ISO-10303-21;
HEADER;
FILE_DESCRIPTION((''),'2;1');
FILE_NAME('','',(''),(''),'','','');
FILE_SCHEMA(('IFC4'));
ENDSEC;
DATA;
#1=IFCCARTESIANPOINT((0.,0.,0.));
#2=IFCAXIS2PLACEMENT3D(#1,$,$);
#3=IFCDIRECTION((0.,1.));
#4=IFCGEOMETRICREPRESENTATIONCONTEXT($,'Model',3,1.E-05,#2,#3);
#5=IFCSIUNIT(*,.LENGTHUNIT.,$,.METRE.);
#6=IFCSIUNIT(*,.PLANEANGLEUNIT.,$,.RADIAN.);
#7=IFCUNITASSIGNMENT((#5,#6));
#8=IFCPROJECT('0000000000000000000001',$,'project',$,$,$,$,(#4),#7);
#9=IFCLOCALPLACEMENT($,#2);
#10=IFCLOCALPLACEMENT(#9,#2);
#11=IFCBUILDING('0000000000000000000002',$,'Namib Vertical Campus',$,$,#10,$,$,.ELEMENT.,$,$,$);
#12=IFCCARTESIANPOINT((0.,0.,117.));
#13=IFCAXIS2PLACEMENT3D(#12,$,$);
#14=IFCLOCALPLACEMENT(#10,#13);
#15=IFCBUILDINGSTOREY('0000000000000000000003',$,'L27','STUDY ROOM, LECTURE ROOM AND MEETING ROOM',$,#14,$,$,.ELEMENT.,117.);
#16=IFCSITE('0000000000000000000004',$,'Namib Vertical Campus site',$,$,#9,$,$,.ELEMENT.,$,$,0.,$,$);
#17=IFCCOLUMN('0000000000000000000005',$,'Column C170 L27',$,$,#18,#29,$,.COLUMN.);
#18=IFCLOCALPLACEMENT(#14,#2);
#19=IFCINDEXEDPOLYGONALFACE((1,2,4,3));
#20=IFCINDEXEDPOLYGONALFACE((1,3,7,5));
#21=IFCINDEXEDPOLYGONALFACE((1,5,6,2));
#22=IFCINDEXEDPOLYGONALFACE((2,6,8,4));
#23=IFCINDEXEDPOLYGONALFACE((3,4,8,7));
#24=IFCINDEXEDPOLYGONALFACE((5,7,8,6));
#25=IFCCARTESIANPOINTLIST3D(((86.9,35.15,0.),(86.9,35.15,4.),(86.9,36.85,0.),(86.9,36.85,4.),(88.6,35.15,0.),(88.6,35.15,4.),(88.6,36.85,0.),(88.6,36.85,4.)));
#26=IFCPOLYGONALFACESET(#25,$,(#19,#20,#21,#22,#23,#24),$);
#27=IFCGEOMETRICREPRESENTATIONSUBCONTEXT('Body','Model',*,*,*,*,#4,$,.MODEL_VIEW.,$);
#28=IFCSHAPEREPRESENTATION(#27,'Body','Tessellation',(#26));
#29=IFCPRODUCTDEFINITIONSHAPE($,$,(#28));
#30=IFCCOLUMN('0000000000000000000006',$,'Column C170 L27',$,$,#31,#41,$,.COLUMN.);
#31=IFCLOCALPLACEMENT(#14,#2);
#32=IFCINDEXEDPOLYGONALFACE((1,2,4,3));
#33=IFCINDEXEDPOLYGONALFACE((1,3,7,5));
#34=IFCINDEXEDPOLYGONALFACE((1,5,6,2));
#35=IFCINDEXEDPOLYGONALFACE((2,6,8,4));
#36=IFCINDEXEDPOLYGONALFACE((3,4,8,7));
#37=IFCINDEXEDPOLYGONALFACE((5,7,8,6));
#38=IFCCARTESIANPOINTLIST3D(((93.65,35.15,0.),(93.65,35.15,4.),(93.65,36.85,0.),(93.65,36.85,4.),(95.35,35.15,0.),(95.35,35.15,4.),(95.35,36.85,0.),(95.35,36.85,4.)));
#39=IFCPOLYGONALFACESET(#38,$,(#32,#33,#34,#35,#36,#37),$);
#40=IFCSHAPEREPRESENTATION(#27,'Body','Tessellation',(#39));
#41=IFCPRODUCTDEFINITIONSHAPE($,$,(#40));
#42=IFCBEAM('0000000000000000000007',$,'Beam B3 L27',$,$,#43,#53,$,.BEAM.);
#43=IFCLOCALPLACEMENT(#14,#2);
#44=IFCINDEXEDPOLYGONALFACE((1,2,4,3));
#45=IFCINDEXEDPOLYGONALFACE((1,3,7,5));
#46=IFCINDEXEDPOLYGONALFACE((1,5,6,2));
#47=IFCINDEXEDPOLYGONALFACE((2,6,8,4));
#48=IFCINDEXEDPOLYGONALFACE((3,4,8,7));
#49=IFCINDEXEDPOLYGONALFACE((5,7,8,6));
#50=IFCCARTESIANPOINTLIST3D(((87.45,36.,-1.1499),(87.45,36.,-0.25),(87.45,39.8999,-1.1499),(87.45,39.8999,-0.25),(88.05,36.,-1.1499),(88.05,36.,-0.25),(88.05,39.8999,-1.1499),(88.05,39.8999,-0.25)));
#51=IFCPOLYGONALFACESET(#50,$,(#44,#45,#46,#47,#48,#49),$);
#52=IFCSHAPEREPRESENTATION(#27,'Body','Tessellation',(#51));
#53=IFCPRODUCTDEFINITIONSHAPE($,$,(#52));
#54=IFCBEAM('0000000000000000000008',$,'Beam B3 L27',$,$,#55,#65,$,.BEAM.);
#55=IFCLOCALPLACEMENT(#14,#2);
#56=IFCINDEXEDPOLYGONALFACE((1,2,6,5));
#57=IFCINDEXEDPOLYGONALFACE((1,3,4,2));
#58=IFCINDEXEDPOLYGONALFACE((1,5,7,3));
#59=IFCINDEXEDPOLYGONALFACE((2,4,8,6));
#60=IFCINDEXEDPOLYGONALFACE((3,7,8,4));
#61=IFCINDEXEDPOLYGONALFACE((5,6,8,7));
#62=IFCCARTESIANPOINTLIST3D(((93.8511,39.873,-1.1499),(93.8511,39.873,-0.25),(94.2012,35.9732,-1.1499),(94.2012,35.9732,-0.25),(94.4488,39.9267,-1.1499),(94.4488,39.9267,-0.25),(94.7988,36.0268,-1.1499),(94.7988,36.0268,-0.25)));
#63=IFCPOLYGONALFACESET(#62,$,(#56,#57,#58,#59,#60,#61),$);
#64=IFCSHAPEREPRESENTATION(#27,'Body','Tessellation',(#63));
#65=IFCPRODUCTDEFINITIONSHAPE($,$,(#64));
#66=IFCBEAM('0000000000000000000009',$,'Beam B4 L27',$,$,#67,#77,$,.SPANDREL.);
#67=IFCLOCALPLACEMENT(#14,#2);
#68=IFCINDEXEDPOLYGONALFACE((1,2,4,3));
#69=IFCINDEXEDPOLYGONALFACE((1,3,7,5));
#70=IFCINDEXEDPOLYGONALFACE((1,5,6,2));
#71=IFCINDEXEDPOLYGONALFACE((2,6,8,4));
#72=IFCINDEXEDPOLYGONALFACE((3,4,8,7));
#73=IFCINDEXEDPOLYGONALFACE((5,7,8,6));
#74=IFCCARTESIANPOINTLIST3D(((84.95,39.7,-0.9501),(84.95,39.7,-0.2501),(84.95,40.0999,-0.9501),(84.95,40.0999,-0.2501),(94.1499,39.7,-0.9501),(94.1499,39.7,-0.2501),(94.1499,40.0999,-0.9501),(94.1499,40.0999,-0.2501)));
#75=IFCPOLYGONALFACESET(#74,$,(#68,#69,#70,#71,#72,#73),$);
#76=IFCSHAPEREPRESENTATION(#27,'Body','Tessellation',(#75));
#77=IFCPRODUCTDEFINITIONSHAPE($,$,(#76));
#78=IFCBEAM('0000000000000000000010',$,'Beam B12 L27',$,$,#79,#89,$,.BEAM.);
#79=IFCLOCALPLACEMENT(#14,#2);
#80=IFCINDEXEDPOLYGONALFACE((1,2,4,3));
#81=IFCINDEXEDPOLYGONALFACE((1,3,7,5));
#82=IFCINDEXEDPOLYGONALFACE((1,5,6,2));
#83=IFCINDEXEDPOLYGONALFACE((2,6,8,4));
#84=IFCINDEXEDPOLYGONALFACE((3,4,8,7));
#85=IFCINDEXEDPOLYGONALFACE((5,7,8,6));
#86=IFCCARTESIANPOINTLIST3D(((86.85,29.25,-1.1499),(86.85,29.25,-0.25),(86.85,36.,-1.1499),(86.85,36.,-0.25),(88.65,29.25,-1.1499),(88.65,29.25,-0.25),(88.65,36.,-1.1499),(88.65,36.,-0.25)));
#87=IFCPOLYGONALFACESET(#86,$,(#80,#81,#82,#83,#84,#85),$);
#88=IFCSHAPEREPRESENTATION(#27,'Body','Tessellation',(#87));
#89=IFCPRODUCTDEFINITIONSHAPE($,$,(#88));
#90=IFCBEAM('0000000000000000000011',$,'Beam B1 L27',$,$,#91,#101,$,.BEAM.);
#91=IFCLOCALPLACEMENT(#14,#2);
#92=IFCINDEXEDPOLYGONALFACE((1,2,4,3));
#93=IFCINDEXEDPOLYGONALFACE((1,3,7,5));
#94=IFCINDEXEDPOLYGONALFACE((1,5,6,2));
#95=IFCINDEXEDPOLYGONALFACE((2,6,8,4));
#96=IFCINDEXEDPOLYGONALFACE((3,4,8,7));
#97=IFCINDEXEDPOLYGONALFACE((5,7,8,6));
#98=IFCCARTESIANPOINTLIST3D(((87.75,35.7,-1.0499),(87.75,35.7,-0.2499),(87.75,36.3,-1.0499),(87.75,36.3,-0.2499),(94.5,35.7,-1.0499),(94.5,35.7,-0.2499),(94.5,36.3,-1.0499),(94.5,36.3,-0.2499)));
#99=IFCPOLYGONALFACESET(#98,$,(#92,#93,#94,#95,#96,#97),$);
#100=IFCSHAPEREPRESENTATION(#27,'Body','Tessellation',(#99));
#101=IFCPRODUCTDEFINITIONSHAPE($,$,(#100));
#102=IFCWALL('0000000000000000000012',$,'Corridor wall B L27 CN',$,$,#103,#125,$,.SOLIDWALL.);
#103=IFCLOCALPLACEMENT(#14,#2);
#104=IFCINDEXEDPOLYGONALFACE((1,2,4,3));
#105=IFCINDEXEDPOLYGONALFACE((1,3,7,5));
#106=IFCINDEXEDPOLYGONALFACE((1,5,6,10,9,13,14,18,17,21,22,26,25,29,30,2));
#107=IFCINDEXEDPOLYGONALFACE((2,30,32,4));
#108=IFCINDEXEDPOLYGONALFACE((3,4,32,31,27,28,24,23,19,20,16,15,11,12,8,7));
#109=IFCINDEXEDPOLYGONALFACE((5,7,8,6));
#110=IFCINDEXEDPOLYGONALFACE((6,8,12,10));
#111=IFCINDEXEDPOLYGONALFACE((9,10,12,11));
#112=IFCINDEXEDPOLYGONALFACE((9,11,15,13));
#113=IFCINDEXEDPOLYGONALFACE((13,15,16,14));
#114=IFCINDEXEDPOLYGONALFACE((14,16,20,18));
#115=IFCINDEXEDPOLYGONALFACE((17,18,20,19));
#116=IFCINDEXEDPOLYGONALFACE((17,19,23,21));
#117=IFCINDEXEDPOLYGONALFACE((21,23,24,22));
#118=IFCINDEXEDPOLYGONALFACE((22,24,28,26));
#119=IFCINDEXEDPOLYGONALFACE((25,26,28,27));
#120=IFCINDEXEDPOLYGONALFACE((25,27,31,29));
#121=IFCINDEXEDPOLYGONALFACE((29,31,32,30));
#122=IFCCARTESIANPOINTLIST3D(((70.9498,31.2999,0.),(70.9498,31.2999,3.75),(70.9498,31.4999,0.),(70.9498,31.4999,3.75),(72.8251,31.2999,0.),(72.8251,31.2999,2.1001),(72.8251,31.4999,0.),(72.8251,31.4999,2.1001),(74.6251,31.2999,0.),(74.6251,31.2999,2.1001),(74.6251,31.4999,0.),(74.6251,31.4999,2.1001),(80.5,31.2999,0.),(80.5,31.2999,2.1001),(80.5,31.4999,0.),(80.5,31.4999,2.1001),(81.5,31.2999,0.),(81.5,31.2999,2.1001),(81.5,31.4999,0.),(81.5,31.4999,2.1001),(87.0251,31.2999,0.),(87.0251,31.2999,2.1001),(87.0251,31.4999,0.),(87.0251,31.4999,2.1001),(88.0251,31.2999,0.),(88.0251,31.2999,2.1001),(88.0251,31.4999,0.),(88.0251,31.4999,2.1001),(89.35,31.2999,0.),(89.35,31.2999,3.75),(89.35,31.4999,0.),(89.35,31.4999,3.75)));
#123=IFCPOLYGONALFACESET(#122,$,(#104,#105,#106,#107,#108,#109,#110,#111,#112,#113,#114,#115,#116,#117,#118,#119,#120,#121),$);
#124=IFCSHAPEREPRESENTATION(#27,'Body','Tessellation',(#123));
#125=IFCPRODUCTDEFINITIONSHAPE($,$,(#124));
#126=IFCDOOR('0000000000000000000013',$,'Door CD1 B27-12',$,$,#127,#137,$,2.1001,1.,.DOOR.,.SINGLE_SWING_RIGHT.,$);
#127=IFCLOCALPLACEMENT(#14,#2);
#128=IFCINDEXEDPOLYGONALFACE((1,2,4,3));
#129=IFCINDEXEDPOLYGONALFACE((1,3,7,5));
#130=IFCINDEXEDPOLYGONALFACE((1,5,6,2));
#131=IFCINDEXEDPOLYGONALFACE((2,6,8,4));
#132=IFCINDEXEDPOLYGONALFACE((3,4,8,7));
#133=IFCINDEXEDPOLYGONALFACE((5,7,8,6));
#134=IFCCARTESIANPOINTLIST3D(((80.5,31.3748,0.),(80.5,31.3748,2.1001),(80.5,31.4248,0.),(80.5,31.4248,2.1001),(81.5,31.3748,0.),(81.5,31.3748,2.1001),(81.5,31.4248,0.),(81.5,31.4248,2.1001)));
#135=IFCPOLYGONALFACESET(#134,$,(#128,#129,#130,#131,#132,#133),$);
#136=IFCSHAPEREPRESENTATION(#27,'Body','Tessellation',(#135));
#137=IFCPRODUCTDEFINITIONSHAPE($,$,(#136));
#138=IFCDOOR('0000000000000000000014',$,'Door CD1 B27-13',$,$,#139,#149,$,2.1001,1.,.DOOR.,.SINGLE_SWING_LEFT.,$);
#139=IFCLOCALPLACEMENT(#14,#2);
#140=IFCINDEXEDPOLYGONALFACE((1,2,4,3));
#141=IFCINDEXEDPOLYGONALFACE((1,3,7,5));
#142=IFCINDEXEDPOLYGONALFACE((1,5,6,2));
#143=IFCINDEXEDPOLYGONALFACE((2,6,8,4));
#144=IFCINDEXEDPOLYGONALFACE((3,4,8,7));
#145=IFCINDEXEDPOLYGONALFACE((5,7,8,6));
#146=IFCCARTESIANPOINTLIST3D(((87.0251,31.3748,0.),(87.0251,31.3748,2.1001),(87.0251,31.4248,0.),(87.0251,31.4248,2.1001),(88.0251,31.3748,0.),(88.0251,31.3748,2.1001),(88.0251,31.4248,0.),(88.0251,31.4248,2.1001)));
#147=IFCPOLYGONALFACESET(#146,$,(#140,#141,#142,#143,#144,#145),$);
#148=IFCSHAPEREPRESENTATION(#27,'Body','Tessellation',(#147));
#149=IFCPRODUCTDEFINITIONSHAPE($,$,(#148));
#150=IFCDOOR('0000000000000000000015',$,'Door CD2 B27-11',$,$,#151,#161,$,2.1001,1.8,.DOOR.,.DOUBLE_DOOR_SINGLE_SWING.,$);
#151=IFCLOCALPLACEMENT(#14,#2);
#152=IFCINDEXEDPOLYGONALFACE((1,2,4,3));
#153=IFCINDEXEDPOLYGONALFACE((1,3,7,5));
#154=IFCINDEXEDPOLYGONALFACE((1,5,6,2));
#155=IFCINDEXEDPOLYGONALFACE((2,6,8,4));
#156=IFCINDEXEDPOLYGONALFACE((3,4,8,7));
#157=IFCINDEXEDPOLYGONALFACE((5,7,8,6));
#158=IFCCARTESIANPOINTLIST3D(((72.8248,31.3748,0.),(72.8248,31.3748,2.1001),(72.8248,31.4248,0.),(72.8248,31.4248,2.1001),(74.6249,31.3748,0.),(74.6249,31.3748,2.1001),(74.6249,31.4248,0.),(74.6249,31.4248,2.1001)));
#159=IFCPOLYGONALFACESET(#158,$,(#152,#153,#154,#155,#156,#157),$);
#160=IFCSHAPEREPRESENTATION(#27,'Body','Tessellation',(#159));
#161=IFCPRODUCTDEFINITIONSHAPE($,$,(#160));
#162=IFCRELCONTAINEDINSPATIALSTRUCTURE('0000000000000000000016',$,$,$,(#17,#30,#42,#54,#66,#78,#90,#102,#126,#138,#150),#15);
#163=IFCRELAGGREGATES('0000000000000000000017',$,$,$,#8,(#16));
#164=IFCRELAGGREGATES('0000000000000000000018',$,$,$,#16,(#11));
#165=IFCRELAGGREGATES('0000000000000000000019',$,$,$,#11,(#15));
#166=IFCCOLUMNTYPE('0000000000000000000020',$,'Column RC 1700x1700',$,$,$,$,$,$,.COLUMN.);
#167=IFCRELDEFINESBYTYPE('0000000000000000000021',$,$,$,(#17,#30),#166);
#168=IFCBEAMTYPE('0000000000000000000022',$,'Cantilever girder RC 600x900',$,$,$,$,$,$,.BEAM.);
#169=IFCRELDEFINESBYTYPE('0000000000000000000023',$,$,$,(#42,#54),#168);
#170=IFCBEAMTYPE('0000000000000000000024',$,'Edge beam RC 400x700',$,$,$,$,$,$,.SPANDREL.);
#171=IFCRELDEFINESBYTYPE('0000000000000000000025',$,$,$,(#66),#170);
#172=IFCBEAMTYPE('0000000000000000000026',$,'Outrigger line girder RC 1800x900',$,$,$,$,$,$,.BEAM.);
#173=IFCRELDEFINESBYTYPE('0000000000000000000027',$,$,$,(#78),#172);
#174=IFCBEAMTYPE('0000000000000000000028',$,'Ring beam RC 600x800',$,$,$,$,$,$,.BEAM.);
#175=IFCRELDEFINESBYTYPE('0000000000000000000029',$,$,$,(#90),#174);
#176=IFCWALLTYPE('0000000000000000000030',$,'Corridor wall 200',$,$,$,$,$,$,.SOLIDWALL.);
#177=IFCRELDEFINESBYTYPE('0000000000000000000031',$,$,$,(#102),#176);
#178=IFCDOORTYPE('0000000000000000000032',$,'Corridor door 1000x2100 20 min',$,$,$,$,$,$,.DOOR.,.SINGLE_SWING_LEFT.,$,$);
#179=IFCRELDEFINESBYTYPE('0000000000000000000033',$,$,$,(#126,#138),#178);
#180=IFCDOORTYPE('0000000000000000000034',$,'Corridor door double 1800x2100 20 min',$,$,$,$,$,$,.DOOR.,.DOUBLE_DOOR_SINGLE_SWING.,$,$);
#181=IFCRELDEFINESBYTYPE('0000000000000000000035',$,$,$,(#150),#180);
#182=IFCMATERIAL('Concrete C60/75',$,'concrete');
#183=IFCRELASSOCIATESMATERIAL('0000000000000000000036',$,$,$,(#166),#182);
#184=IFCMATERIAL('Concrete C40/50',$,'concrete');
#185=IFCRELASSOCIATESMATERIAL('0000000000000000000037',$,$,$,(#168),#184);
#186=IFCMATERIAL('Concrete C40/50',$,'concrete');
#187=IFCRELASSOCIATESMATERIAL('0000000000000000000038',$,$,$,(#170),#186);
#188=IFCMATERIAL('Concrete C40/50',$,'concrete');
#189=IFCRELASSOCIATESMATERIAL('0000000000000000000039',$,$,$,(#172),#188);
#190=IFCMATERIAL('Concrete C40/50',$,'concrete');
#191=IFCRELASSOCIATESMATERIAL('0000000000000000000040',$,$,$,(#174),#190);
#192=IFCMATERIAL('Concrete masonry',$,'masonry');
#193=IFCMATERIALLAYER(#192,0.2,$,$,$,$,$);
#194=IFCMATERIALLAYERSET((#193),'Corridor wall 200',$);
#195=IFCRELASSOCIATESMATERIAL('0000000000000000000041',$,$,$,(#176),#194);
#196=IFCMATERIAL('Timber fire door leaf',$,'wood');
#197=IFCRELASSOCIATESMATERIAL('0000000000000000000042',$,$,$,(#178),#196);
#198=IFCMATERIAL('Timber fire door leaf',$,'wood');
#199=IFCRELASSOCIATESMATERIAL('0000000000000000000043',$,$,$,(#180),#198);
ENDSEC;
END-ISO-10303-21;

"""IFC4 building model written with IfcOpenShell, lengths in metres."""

from ifc_helpers import new_model, si_unit, direction, frame, frame_2d, origin, origin_2d, place, context, subcontext, project, spatial, rectangle, extrude, material, layer, layer_set, material_profile, profile_set, type_object, element, fill, save


model = new_model("IFC4")

# Units and contexts
model_context = context("Model", 3, precision=1e-05, world=origin(), true_north=direction((0.0, 1.0)))
body_context = subcontext(model_context, "Body", "Model", "MODEL_VIEW")
ifc_project = project(units=[si_unit("LENGTHUNIT", "METRE"), si_unit("PLANEANGLEUNIT", "RADIAN")], contexts=[model_context])

# Site, building, storey
site_placement = place(None, origin())
site = spatial("IfcSite", under=ifc_project, at=site_placement, Name="Namib Vertical Campus site", CompositionType="ELEMENT", RefElevation=0.0)
building_placement = place(site_placement, origin())
building = spatial("IfcBuilding", under=site, at=building_placement, Name="Namib Vertical Campus", CompositionType="ELEMENT")
storey_placement = place(building_placement, frame((0.0, 0.0, 117.0)))
storey = spatial("IfcBuildingStorey", under=building, at=storey_placement, Name="L27", Description="STUDY ROOM, LECTURE ROOM AND MEETING ROOM", CompositionType="ELEMENT", Elevation=117.0)

# Columns
ifc_material_1 = material(Name="Concrete C60/75", Category="concrete")
ifc_material_profile_1 = material_profile(ifc_material_1, rectangle(XDim=1.7, YDim=1.7, at=origin_2d()))
ifc_profile_set_1 = profile_set([ifc_material_profile_1], Name="Concrete C60/75")
column_type = type_object("IfcColumnType", Name="Column RC 1700x1700", PredefinedType="COLUMN", material=ifc_profile_set_1)
for number, where, z_axis, x_axis, name in (
    (1, (87.75, 36.0, 0.0), (0.0, 0.0, 1.0), (1.0, 0.0, 0.0), "Column C170 L27"),
    (2, (94.5, 36.0, 0.0), (0.0, 0.0, 1.0), (1.0, 0.0, 0.0), "Column C170 L27"),
):
    element("IfcColumn", number, at=place(storey_placement, frame(where, z_axis=z_axis, x_axis=x_axis)), inside=storey, type_object=column_type, Name=name, PredefinedType="COLUMN", context=body_context, shape_type="SweptSolid", body=[
        extrude(rectangle(XDim=1.7, YDim=1.7, at=origin_2d()), origin(), (0.0, 0.0, 1.0), 4.0),
    ])

# Beams
ifc_material_2 = material(Name="Concrete C40/50", Category="concrete")
ifc_material_profile_2 = material_profile(ifc_material_2, rectangle(XDim=0.6001, YDim=0.8999, at=origin_2d()))
ifc_profile_set_2 = profile_set([ifc_material_profile_2], Name="Concrete C40/50")
beam_type_1 = type_object("IfcBeamType", Name="Cantilever girder RC 600x900", PredefinedType="BEAM", material=ifc_profile_set_2)
beam_1_placement = place(storey_placement, frame((87.75, 36.0, -0.7), z_axis=(0.0, 1.0, 0.0), x_axis=(-1.0, 0.0, 0.0)))
element("IfcBeam", 3, at=beam_1_placement, inside=storey, type_object=beam_type_1, Name="Beam B3 L27", PredefinedType="BEAM", context=body_context, shape_type="SweptSolid", body=[
    extrude(rectangle(XDim=0.6001, YDim=0.8999, at=origin_2d()), origin(), (0.0, 0.0, 1.0), 3.8999),
])
beam_2_placement = place(storey_placement, frame((94.5, 36.0, -0.7), z_axis=(-0.089411, 0.995995, 0.0), x_axis=(-0.995995, -0.089411, 0.0)))
element("IfcBeam", 4, at=beam_2_placement, inside=storey, type_object=beam_type_1, Name="Beam B3 L27", PredefinedType="BEAM", context=body_context, shape_type="SweptSolid", body=[
    extrude(rectangle(XDim=0.6001, YDim=0.8999, at=origin_2d()), origin(), (0.0, 0.0, 1.0), 3.9155),
])
ifc_material_3 = material(Name="Concrete C40/50", Category="concrete")
ifc_material_profile_3 = material_profile(ifc_material_3, rectangle(XDim=0.3999, YDim=0.7, at=origin_2d()))
ifc_profile_set_3 = profile_set([ifc_material_profile_3], Name="Concrete C40/50")
beam_type_2 = type_object("IfcBeamType", Name="Edge beam RC 400x700", PredefinedType="SPANDREL", material=ifc_profile_set_3)
beam_3_placement = place(storey_placement, frame((84.95, 39.8999, -0.6001), z_axis=(1.0, 0.0, 0.0), x_axis=(0.0, 1.0, 0.0)))
element("IfcBeam", 5, at=beam_3_placement, inside=storey, type_object=beam_type_2, Name="Beam B4 L27", PredefinedType="SPANDREL", context=body_context, shape_type="SweptSolid", body=[
    extrude(rectangle(XDim=0.3999, YDim=0.7, at=origin_2d()), origin(), (0.0, 0.0, 1.0), 9.2),
])
ifc_material_4 = material(Name="Concrete C40/50", Category="concrete")
ifc_material_profile_4 = material_profile(ifc_material_4, rectangle(XDim=1.8, YDim=0.8999, at=origin_2d()))
ifc_profile_set_4 = profile_set([ifc_material_profile_4], Name="Concrete C40/50")
beam_type_3 = type_object("IfcBeamType", Name="Outrigger line girder RC 1800x900", PredefinedType="BEAM", material=ifc_profile_set_4)
beam_4_placement = place(storey_placement, frame((87.75, 36.0, -0.7), z_axis=(0.0, -1.0, 0.0), x_axis=(1.0, 0.0, 0.0)))
element("IfcBeam", 6, at=beam_4_placement, inside=storey, type_object=beam_type_3, Name="Beam B12 L27", PredefinedType="BEAM", context=body_context, shape_type="SweptSolid", body=[
    extrude(rectangle(XDim=1.8, YDim=0.8999, at=origin_2d()), origin(), (0.0, 0.0, 1.0), 6.75),
])
ifc_material_5 = material(Name="Concrete C40/50", Category="concrete")
ifc_material_profile_5 = material_profile(ifc_material_5, rectangle(XDim=0.6001, YDim=0.8, at=origin_2d()))
ifc_profile_set_5 = profile_set([ifc_material_profile_5], Name="Concrete C40/50")
beam_type_4 = type_object("IfcBeamType", Name="Ring beam RC 600x800", PredefinedType="BEAM", material=ifc_profile_set_5)
beam_5_placement = place(storey_placement, frame((87.75, 36.0, -0.6499), z_axis=(1.0, 0.0, 0.0), x_axis=(0.0, 1.0, 0.0)))
element("IfcBeam", 7, at=beam_5_placement, inside=storey, type_object=beam_type_4, Name="Beam B1 L27", PredefinedType="BEAM", context=body_context, shape_type="SweptSolid", body=[
    extrude(rectangle(XDim=0.6001, YDim=0.8, at=origin_2d()), origin(), (0.0, 0.0, 1.0), 6.75),
])

# Wall, openings, doors
ifc_material_6 = material(Name="Concrete masonry", Category="masonry")
ifc_layer_1 = layer(ifc_material_6, 0.2)
ifc_layer_set_1 = layer_set([ifc_layer_1], Name="Corridor wall 200")
wall_type_1 = type_object("IfcWallType", Name="Corridor wall 200", PredefinedType="SOLIDWALL", material=ifc_layer_set_1)
wall_1_placement = place(storey_placement, frame((89.3501, 31.3999, 0.0), z_axis=(0.0, 0.0, 1.0), x_axis=(-1.0, 0.0, 0.0)))
wall_1 = element("IfcWall", 8, at=wall_1_placement, inside=storey, type_object=wall_type_1, Name="Corridor wall B L27 CN", PredefinedType="SOLIDWALL", context=body_context, shape_type="SweptSolid", body=[
    extrude(rectangle(XDim=18.4001, YDim=0.2, at=frame_2d((9.2002, 0.0))), origin(), (0.0, 0.0, 1.0), 3.75),
])
opening_1_placement = place(wall_1_placement, frame((14.7251, 0.0, 0.0)))
opening_1 = element("IfcOpeningElement", 9, at=opening_1_placement, cuts=wall_1, PredefinedType="OPENING", context=body_context, shape_type="SweptSolid", body=[
    extrude(rectangle(XDim=1.8, YDim=2.1001, at=frame_2d((0.8999, 1.05))), frame((0.0, 0.1099, 0.0), z_axis=(0.0, -1.0, 0.0), x_axis=(1.0, 0.0, 0.0)), (0.0, 0.0, 1.0), 0.22),
])
opening_2_placement = place(wall_1_placement, frame((7.8501, 0.0, 0.0)))
opening_2 = element("IfcOpeningElement", 10, at=opening_2_placement, cuts=wall_1, PredefinedType="OPENING", context=body_context, shape_type="SweptSolid", body=[
    extrude(rectangle(XDim=1.0, YDim=2.1001, at=frame_2d((0.5, 1.05))), frame((0.0, 0.1099, 0.0), z_axis=(0.0, -1.0, 0.0), x_axis=(1.0, 0.0, 0.0)), (0.0, 0.0, 1.0), 0.22),
])
opening_3_placement = place(wall_1_placement, frame((1.325, 0.0, 0.0)))
opening_3 = element("IfcOpeningElement", 11, at=opening_3_placement, cuts=wall_1, PredefinedType="OPENING", context=body_context, shape_type="SweptSolid", body=[
    extrude(rectangle(XDim=1.0, YDim=2.1001, at=frame_2d((0.5, 1.05))), frame((0.0, 0.1099, 0.0), z_axis=(0.0, -1.0, 0.0), x_axis=(1.0, 0.0, 0.0)), (0.0, 0.0, 1.0), 0.22),
])
ifc_material_7 = material(Name="Timber fire door leaf", Category="wood")
door_type_1 = type_object("IfcDoorType", Name="Corridor door 1000x2100 20 min", OperationType="SINGLE_SWING_LEFT", PredefinedType="DOOR", material=ifc_material_7)
door_1_placement = place(opening_2_placement, frame((1.0, 0.0, 0.0), z_axis=(0.0, 0.0, 1.0), x_axis=(-1.0, 0.0, 0.0)))
door_1 = element("IfcDoor", 12, at=door_1_placement, inside=storey, type_object=door_type_1, Name="Door CD1 B27-12", OperationType="SINGLE_SWING_RIGHT", OverallHeight=2.1001, OverallWidth=1.0, PredefinedType="DOOR", context=body_context, shape_type="SweptSolid", body=[
    extrude(rectangle(XDim=1.0, YDim=2.1001, at=frame_2d((0.5, 1.05))), frame((0.0, 0.0249, 0.0), z_axis=(0.0, -1.0, 0.0), x_axis=(1.0, 0.0, 0.0)), (0.0, 0.0, 1.0), 0.05),
])
fill(opening_2, door_1)
door_2_placement = place(opening_3_placement, frame((1.0, 0.0, 0.0), z_axis=(0.0, 0.0, 1.0), x_axis=(-1.0, 0.0, 0.0)))
door_2 = element("IfcDoor", 13, at=door_2_placement, inside=storey, type_object=door_type_1, Name="Door CD1 B27-13", OperationType="SINGLE_SWING_LEFT", OverallHeight=2.1001, OverallWidth=1.0, PredefinedType="DOOR", context=body_context, shape_type="SweptSolid", body=[
    extrude(rectangle(XDim=1.0, YDim=2.1001, at=frame_2d((0.5, 1.05))), frame((0.0, 0.0249, 0.0), z_axis=(0.0, -1.0, 0.0), x_axis=(1.0, 0.0, 0.0)), (0.0, 0.0, 1.0), 0.05),
])
fill(opening_3, door_2)
ifc_material_8 = material(Name="Timber fire door leaf", Category="wood")
door_type_2 = type_object("IfcDoorType", Name="Corridor door double 1800x2100 20 min", OperationType="DOUBLE_DOOR_SINGLE_SWING", PredefinedType="DOOR", material=ifc_material_8)
door_3_placement = place(opening_1_placement, frame((1.8, 0.0, 0.0), z_axis=(0.0, 0.0, 1.0), x_axis=(-1.0, 0.0, 0.0)))
door_3 = element("IfcDoor", 14, at=door_3_placement, inside=storey, type_object=door_type_2, Name="Door CD2 B27-11", OperationType="DOUBLE_DOOR_SINGLE_SWING", OverallHeight=2.1001, OverallWidth=1.8, PredefinedType="DOOR", context=body_context, shape_type="SweptSolid", body=[
    extrude(rectangle(XDim=1.8, YDim=2.1001, at=frame_2d((0.8999, 1.05))), frame((0.0, 0.0249, 0.0), z_axis=(0.0, -1.0, 0.0), x_axis=(1.0, 0.0, 0.0)), (0.0, 0.0, 1.0), 0.05),
])
fill(opening_1, door_3)

save(model, "model.ifc")
